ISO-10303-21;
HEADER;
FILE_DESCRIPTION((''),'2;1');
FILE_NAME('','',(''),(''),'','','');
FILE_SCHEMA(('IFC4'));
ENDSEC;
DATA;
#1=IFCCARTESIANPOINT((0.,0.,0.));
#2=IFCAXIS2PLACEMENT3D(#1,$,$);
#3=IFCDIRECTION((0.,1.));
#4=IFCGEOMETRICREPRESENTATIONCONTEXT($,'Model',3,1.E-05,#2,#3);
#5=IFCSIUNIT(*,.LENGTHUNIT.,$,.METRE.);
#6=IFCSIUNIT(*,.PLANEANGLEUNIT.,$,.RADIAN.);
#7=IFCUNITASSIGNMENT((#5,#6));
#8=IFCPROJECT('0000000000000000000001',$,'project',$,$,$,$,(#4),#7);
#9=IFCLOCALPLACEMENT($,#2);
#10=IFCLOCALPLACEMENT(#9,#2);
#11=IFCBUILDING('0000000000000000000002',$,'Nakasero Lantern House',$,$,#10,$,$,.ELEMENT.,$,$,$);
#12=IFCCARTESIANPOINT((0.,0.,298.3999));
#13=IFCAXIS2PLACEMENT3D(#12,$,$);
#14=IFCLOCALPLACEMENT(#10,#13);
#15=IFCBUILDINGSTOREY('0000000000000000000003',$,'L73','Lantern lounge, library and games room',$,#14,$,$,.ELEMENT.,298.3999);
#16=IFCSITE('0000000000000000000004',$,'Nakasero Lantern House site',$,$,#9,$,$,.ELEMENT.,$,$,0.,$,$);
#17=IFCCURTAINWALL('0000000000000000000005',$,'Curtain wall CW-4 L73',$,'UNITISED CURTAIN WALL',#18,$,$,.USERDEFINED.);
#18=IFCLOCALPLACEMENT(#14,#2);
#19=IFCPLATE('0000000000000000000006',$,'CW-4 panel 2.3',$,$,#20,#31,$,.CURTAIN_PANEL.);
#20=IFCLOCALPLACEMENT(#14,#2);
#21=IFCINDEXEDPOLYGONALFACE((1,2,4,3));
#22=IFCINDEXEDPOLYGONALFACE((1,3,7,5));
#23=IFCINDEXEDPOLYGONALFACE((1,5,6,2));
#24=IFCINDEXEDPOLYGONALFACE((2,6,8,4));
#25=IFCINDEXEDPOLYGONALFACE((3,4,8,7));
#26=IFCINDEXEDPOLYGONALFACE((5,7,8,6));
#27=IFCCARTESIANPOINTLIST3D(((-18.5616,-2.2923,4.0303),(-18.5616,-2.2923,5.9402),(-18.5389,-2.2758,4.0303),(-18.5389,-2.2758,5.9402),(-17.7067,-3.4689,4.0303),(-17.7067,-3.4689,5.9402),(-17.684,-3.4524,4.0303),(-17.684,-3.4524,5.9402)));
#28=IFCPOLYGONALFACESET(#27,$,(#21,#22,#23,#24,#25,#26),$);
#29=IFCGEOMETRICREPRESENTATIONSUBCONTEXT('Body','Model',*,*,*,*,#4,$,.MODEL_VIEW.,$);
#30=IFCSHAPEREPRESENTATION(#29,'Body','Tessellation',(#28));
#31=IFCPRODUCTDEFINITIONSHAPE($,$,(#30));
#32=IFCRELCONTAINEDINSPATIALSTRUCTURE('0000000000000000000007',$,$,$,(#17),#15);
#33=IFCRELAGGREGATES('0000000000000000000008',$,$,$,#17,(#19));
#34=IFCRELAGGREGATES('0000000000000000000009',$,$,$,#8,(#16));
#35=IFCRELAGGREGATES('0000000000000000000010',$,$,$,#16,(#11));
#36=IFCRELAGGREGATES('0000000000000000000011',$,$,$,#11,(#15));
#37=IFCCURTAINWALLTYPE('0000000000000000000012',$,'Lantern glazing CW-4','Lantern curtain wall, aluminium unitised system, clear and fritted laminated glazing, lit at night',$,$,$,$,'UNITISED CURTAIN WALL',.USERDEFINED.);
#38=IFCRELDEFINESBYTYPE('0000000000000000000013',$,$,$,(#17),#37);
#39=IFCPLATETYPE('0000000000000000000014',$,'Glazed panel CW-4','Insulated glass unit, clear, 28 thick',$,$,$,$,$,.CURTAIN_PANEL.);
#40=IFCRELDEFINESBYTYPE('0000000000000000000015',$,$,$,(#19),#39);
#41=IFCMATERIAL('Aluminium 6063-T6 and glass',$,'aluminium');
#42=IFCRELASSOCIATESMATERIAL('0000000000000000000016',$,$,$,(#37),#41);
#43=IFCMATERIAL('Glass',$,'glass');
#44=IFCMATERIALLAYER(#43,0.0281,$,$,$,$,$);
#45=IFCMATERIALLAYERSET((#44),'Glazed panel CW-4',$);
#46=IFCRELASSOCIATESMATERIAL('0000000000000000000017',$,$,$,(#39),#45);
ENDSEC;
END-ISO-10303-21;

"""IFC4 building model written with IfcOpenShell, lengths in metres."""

from ifc_helpers import new_model, si_unit, direction, frame, origin, origin_2d, place, context, subcontext, project, spatial, rectangle, extrude, material, layer, layer_set, type_object, element, aggregate, save


model = new_model("IFC4")

# Units and contexts
model_context = context("Model", 3, precision=1e-05, world=origin(), true_north=direction((0.0, 1.0)))
body_context = subcontext(model_context, "Body", "Model", "MODEL_VIEW")
ifc_project = project(units=[si_unit("LENGTHUNIT", "METRE"), si_unit("PLANEANGLEUNIT", "RADIAN")], contexts=[model_context])

# Site, building, storey
site_placement = place(None, origin())
site = spatial("IfcSite", under=ifc_project, at=site_placement, Name="Nakasero Lantern House site", CompositionType="ELEMENT", RefElevation=0.0)
building_placement = place(site_placement, origin())
building = spatial("IfcBuilding", under=site, at=building_placement, Name="Nakasero Lantern House", CompositionType="ELEMENT")
storey_placement = place(building_placement, frame((0.0, 0.0, 298.3999)))
storey = spatial("IfcBuildingStorey", under=building, at=storey_placement, Name="L73", Description="Lantern lounge, library and games room", CompositionType="ELEMENT", Elevation=298.3999)

# Shared definitions
ifc_material_1 = material(Name="Aluminium 6063-T6 and glass", Category="aluminium")
curtain_wall_type = type_object("IfcCurtainWallType", Name="Lantern glazing CW-4", Description="Lantern curtain wall, aluminium unitised system, clear and fritted laminated glazing, lit at night", ElementType="UNITISED CURTAIN WALL", PredefinedType="USERDEFINED", material=ifc_material_1)

# Curtain wall
curtain_wall_1_placement = place(storey_placement, origin())
curtain_wall_1 = element("IfcCurtainWall", 1, at=curtain_wall_1_placement, inside=storey, type_object=curtain_wall_type, Name="Curtain wall CW-4 L73", ObjectType="UNITISED CURTAIN WALL", PredefinedType="USERDEFINED")

# Plate
ifc_material_2 = material(Name="Glass", Category="glass")
ifc_layer = layer(ifc_material_2, 0.0281)
ifc_layer_set = layer_set([ifc_layer], Name="Glazed panel CW-4")
plate_type = type_object("IfcPlateType", Name="Glazed panel CW-4", Description="Insulated glass unit, clear, 28 thick", PredefinedType="CURTAIN_PANEL", material=ifc_layer_set)
plate_1_placement = place(storey_placement, frame((-18.1228, -2.8723, 4.0303), z_axis=(0.0, 0.0, 1.0), x_axis=(0.587785, -0.809017, 0.0)))
plate_1 = element("IfcPlate", 2, at=plate_1_placement, type_object=plate_type, Name="CW-4 panel 2.3", PredefinedType="CURTAIN_PANEL", context=body_context, shape_type="SweptSolid", body=[
    extrude(rectangle(XDim=1.4543, YDim=0.0281, at=origin_2d()), origin(), (0.0, 0.0, 1.0), 1.9099),
])
aggregate(curtain_wall_1, [plate_1])

save(model, "model.ifc")
